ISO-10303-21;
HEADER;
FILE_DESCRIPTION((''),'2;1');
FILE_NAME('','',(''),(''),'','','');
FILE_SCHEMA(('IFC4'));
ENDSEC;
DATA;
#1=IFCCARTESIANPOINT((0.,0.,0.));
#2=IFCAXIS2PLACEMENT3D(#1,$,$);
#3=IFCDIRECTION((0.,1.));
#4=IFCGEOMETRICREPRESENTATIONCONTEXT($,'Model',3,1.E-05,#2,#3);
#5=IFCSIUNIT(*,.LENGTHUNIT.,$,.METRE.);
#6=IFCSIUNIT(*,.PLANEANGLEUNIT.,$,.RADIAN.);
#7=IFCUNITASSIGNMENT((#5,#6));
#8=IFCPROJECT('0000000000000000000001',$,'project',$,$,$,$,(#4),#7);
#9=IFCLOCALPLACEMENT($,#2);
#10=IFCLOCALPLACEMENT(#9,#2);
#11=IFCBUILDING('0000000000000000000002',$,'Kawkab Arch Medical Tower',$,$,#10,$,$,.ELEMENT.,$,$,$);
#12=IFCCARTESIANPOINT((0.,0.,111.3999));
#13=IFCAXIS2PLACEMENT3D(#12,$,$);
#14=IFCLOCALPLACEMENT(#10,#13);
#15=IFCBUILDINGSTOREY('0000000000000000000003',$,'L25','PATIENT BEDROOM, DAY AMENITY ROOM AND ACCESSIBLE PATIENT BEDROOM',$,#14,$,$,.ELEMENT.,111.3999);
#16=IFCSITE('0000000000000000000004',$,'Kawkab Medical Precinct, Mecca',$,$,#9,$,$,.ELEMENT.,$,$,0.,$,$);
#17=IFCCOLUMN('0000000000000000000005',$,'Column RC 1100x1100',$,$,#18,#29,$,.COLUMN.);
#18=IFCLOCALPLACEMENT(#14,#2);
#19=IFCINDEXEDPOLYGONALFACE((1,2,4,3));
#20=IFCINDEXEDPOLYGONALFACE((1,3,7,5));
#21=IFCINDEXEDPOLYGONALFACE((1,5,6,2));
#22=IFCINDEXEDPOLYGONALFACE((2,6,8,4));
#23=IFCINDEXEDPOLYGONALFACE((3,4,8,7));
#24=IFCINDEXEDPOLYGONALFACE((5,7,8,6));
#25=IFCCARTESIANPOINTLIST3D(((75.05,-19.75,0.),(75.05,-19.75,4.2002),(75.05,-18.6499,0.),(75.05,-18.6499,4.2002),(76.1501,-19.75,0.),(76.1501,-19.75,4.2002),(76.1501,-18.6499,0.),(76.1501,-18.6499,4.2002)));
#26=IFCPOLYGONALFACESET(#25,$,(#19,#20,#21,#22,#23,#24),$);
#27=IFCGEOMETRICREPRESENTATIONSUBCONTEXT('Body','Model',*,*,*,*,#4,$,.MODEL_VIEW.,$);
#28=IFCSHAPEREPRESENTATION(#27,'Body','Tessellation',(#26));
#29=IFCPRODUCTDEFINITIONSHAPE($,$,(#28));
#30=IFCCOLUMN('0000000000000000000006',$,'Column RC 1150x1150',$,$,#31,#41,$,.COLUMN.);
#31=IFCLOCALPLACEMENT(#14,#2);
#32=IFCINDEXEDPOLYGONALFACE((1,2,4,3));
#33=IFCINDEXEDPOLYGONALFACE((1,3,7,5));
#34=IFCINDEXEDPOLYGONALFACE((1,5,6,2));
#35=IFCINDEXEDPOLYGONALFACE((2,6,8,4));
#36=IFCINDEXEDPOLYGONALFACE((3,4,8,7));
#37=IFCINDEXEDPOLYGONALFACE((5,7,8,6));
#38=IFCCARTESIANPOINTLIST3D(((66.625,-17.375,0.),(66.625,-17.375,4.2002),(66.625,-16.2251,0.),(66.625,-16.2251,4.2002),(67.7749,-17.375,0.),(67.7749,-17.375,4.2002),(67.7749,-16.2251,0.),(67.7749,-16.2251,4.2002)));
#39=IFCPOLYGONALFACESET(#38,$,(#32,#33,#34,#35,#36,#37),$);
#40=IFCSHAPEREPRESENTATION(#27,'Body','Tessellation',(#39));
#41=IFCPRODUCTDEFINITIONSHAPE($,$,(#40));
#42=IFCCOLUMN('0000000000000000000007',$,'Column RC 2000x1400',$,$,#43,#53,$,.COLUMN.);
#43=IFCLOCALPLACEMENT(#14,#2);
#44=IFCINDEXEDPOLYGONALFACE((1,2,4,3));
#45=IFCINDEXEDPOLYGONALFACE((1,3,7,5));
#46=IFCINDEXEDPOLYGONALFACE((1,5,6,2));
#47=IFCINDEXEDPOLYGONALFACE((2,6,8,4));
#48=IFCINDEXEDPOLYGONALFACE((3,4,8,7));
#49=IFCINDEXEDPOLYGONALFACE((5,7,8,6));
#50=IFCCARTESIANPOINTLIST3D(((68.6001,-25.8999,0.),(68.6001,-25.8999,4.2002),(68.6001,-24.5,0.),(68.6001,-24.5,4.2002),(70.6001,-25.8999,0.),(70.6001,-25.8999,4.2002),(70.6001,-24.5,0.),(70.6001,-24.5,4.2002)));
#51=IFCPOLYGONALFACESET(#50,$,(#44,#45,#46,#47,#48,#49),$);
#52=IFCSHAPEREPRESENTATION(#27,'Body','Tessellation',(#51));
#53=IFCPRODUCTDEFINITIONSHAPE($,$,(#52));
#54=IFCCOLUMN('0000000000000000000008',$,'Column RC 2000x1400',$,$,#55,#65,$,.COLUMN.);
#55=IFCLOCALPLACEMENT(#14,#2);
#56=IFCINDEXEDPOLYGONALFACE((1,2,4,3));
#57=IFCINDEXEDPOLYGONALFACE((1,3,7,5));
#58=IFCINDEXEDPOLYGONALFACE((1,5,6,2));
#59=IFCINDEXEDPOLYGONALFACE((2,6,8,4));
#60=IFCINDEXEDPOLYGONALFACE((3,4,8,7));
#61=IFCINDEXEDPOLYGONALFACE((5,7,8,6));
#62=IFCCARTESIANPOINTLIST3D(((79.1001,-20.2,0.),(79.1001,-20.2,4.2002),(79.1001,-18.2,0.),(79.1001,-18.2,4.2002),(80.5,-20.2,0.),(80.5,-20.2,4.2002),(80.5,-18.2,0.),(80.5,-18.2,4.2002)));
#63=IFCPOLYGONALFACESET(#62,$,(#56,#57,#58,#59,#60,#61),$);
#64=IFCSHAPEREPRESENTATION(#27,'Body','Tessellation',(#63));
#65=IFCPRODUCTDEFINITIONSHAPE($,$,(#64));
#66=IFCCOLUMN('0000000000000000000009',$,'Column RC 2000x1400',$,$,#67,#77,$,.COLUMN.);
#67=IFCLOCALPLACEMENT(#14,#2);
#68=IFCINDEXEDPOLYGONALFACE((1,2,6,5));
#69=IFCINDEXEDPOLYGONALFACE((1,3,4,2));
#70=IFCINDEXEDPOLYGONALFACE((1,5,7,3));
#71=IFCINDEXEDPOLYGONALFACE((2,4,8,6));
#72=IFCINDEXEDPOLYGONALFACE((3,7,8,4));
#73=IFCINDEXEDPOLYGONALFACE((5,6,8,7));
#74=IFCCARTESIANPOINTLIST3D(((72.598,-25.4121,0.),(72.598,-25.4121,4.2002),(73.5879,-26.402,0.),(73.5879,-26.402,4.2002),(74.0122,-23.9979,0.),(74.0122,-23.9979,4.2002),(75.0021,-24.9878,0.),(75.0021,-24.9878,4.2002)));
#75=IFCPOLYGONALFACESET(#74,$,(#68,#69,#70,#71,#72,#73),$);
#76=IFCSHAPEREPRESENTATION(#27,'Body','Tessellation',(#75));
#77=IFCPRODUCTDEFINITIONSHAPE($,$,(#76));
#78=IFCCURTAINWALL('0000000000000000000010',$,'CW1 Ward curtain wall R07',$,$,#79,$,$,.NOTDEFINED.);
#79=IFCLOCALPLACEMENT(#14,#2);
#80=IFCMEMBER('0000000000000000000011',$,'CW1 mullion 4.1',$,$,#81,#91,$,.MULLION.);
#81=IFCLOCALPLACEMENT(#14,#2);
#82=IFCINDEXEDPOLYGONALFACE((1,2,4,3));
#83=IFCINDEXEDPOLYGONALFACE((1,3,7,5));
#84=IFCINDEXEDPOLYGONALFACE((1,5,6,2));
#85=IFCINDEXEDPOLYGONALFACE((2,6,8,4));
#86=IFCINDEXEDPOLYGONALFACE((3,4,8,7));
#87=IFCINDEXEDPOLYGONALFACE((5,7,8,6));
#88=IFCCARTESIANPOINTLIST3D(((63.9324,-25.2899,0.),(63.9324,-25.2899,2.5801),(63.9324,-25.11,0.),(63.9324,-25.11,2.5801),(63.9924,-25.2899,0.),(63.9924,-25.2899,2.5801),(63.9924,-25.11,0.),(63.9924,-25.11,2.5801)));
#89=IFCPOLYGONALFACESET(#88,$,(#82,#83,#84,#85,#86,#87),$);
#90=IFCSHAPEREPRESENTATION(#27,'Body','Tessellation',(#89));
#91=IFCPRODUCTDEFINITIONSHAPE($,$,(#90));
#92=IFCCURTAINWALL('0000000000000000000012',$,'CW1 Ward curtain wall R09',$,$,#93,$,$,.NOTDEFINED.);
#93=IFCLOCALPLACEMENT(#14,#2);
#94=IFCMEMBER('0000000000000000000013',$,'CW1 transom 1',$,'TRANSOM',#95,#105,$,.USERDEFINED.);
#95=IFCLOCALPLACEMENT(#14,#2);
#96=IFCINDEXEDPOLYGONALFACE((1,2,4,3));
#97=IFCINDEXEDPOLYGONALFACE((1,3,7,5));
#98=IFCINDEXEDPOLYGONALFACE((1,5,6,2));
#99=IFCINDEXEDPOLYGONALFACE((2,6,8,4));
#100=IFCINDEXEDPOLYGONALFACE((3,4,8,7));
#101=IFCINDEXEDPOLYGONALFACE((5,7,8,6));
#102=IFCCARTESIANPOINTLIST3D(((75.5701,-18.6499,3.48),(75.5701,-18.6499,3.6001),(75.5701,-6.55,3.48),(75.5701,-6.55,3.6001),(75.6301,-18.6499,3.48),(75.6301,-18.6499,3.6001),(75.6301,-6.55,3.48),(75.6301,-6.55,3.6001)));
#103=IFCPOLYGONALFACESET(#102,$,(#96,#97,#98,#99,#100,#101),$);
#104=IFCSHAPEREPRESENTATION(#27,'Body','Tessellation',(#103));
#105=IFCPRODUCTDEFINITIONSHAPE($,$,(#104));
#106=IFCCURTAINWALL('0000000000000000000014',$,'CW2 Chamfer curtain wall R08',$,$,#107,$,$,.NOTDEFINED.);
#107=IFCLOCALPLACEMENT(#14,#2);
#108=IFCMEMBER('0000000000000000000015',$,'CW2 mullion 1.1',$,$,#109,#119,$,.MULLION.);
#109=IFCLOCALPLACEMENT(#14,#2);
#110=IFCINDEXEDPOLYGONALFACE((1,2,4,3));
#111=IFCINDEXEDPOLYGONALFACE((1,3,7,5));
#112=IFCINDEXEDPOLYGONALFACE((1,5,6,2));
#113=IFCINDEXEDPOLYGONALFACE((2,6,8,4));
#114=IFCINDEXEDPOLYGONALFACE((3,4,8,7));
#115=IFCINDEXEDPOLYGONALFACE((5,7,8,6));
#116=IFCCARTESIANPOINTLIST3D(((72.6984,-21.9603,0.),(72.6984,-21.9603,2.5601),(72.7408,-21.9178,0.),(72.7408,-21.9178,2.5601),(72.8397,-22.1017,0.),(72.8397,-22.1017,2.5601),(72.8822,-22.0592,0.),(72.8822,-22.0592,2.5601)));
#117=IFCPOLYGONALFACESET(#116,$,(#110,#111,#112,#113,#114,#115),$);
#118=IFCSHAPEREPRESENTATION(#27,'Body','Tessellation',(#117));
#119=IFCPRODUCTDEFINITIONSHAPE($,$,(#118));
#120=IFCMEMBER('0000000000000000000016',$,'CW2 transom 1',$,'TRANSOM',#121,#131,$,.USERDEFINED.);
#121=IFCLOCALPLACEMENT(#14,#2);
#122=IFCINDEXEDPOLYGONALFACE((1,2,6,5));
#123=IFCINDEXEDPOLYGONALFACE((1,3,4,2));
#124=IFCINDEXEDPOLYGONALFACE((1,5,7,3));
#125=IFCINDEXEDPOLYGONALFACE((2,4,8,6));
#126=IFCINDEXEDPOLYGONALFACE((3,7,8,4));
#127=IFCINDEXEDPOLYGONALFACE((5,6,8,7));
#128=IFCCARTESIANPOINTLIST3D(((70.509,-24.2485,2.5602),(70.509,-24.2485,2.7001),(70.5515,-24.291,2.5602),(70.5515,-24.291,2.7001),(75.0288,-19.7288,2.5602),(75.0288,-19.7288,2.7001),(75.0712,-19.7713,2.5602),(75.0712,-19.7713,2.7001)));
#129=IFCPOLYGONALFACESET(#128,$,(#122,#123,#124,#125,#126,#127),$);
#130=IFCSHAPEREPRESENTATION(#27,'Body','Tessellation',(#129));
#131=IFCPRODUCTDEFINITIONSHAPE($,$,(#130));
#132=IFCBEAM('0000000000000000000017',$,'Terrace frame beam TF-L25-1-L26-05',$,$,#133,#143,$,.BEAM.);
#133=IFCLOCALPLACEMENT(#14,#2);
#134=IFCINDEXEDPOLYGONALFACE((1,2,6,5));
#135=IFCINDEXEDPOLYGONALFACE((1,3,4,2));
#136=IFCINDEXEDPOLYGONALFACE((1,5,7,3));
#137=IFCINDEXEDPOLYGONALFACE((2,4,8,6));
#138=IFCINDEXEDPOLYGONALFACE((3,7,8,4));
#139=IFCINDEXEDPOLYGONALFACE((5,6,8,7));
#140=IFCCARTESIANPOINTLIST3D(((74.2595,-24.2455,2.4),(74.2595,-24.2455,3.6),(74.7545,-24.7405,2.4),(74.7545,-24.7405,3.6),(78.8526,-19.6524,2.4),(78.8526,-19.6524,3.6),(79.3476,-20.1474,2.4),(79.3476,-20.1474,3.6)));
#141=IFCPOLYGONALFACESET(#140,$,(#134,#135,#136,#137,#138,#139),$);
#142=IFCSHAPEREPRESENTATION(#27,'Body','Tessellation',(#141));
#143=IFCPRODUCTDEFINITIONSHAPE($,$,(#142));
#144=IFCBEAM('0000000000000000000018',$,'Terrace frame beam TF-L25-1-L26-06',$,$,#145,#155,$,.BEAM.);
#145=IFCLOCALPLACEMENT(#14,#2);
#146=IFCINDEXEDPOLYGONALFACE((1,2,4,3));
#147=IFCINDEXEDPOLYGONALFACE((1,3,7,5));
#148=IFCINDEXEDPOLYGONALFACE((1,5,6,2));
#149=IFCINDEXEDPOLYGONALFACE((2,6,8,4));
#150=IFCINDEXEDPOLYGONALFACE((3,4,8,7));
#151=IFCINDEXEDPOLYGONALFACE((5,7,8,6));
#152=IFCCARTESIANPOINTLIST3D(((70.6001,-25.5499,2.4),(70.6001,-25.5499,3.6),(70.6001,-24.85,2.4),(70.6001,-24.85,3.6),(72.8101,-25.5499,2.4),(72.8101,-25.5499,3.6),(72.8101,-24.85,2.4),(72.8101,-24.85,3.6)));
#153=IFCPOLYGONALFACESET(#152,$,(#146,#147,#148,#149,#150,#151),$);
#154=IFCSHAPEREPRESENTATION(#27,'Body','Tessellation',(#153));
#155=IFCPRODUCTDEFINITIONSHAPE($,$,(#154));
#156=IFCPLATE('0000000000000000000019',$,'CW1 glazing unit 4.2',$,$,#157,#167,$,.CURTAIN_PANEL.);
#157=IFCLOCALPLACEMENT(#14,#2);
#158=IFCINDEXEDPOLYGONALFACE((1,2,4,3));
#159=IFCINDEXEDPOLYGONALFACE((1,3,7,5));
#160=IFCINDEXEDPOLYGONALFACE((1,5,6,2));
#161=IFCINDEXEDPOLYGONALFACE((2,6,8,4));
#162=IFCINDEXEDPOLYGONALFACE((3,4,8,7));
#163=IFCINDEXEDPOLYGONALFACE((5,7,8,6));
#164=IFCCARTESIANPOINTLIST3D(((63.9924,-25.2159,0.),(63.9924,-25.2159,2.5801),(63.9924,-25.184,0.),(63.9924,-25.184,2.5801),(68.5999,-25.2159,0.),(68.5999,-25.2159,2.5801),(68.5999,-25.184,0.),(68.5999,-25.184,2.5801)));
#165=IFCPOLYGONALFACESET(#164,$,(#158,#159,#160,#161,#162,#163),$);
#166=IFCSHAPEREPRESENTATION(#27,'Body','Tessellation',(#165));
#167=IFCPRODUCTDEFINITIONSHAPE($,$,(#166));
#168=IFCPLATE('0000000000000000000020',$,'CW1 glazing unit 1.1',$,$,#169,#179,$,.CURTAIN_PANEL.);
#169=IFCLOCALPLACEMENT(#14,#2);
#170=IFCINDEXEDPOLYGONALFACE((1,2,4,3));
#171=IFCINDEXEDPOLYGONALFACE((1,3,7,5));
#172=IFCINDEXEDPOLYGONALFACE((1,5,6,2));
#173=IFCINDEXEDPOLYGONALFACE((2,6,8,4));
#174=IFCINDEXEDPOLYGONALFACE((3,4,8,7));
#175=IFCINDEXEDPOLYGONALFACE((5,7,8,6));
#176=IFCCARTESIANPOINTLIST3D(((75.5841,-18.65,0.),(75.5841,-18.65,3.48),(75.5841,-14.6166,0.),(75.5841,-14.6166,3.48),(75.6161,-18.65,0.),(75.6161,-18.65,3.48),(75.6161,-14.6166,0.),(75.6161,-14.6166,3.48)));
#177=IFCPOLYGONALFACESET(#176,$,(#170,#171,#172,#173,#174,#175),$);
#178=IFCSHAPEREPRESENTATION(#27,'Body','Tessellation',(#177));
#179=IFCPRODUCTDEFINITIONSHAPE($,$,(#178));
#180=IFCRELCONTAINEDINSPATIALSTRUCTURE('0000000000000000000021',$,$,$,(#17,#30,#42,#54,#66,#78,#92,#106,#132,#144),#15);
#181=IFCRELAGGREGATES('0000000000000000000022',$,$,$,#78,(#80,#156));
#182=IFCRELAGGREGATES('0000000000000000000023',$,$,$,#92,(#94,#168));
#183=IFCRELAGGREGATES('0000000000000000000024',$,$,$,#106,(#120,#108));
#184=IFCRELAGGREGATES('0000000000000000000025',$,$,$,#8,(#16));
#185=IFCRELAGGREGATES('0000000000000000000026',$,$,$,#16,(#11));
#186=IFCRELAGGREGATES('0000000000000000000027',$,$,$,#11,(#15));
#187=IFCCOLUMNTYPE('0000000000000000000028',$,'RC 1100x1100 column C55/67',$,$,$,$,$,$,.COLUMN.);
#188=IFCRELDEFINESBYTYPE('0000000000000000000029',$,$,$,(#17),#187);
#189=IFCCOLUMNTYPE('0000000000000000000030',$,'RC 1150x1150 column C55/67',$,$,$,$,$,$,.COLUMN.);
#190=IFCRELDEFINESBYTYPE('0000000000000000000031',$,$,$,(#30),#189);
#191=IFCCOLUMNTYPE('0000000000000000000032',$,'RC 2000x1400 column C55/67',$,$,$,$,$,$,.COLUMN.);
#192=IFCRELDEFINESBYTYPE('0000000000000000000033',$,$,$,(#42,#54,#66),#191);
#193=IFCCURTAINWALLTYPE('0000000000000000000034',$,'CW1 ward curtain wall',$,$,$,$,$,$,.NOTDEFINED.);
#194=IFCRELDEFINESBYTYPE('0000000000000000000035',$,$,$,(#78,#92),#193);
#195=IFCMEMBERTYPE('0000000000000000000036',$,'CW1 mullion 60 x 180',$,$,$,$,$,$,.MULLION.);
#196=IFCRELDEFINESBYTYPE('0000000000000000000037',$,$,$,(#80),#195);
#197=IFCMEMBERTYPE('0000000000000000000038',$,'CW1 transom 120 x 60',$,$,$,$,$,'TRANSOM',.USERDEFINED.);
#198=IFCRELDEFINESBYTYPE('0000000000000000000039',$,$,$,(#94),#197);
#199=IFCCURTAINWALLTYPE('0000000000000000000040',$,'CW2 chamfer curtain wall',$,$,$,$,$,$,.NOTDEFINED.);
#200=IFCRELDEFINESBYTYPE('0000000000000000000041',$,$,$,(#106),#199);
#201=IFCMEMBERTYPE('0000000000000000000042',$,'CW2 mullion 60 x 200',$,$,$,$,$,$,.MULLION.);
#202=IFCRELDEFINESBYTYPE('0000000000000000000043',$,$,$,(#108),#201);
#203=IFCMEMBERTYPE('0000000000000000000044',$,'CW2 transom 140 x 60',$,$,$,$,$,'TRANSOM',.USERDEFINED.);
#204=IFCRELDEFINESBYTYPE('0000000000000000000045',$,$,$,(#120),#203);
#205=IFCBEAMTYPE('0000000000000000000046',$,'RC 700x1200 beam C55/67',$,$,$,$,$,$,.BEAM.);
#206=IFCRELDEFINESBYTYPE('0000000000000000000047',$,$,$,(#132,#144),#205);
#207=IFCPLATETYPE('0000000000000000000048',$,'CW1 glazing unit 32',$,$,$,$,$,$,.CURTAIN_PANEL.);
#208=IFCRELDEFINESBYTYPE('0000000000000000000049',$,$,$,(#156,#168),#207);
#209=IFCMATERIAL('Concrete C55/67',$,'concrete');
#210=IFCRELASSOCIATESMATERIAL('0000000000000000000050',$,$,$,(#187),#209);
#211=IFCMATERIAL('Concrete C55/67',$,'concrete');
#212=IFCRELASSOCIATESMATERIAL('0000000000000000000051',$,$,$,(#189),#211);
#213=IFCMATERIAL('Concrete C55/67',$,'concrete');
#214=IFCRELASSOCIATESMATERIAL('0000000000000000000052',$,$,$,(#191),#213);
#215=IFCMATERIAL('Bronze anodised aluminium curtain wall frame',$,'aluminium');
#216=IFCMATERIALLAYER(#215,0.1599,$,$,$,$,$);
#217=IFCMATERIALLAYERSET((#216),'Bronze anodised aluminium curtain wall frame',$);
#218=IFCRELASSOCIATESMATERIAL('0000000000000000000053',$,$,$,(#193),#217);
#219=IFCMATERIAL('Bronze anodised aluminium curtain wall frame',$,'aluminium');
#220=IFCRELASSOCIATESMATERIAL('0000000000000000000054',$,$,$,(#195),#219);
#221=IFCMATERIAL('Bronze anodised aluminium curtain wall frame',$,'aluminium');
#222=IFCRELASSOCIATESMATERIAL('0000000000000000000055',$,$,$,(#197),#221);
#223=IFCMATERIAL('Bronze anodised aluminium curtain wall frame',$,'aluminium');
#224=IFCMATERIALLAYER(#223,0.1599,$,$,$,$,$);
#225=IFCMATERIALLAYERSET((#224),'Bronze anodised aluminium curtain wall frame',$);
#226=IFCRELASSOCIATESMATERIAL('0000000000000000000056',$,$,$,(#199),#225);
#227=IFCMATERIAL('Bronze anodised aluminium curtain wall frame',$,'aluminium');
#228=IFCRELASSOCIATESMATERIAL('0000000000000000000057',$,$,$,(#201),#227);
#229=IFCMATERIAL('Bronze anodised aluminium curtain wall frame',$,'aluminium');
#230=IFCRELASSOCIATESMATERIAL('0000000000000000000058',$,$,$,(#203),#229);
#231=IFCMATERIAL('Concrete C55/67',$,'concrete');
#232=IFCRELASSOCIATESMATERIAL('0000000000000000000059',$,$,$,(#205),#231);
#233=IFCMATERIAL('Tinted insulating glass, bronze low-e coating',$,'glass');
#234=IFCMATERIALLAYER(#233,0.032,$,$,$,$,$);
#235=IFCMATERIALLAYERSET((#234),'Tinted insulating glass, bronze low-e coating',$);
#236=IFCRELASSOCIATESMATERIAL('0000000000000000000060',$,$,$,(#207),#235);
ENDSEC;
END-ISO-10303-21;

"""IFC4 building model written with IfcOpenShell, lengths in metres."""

from ifc_helpers import new_model, si_unit, direction, frame, origin, origin_2d, place, context, subcontext, project, spatial, rectangle, extrude, material, layer, layer_set, material_profile, profile_set, type_object, element, aggregate, save


model = new_model("IFC4")

# Units and contexts
model_context = context("Model", 3, precision=1e-05, world=origin(), true_north=direction((0.0, 1.0)))
body_context = subcontext(model_context, "Body", "Model", "MODEL_VIEW")
ifc_project = project(units=[si_unit("LENGTHUNIT", "METRE"), si_unit("PLANEANGLEUNIT", "RADIAN")], contexts=[model_context])

# Site, building, storey
site_placement = place(None, origin())
site = spatial("IfcSite", under=ifc_project, at=site_placement, Name="Kawkab Medical Precinct, Mecca", CompositionType="ELEMENT", RefElevation=0.0)
building_placement = place(site_placement, origin())
building = spatial("IfcBuilding", under=site, at=building_placement, Name="Kawkab Arch Medical Tower", CompositionType="ELEMENT")
storey_placement = place(building_placement, frame((0.0, 0.0, 111.3999)))
storey = spatial("IfcBuildingStorey", under=building, at=storey_placement, Name="L25", Description="PATIENT BEDROOM, DAY AMENITY ROOM AND ACCESSIBLE PATIENT BEDROOM", CompositionType="ELEMENT", Elevation=111.3999)

# Columns
ifc_material_1 = material(Name="Concrete C55/67", Category="concrete")
ifc_material_profile_1 = material_profile(ifc_material_1, rectangle(XDim=1.1001, YDim=1.1001, at=origin_2d()), Name="RC 1100x1100")
ifc_profile_set_1 = profile_set([ifc_material_profile_1], Name="Concrete C55/67")
column_type_1 = type_object("IfcColumnType", Name="RC 1100x1100 column C55/67", PredefinedType="COLUMN", material=ifc_profile_set_1)
column_1_placement = place(storey_placement, frame((75.6001, -19.2, 0.0), z_axis=(0.0, 0.0, 1.0), x_axis=(1.0, 0.0, 0.0)))
element("IfcColumn", 1, at=column_1_placement, inside=storey, type_object=column_type_1, Name="Column RC 1100x1100", PredefinedType="COLUMN", context=body_context, shape_type="SweptSolid", body=[
    extrude(rectangle(XDim=1.1001, YDim=1.1001, at=origin_2d()), origin(), (0.0, 0.0, 1.0), 4.2002),
])
ifc_material_2 = material(Name="Concrete C55/67", Category="concrete")
ifc_material_profile_2 = material_profile(ifc_material_2, rectangle(XDim=1.1499, YDim=1.1499, at=origin_2d()), Name="RC 1150x1150")
ifc_profile_set_2 = profile_set([ifc_material_profile_2], Name="Concrete C55/67")
column_type_2 = type_object("IfcColumnType", Name="RC 1150x1150 column C55/67", PredefinedType="COLUMN", material=ifc_profile_set_2)
column_2_placement = place(storey_placement, frame((67.2, -16.8, 0.0), z_axis=(0.0, 0.0, 1.0), x_axis=(1.0, 0.0, 0.0)))
element("IfcColumn", 2, at=column_2_placement, inside=storey, type_object=column_type_2, Name="Column RC 1150x1150", PredefinedType="COLUMN", context=body_context, shape_type="SweptSolid", body=[
    extrude(rectangle(XDim=1.1499, YDim=1.1499, at=origin_2d()), origin(), (0.0, 0.0, 1.0), 4.2002),
])
ifc_material_3 = material(Name="Concrete C55/67", Category="concrete")
ifc_material_profile_3 = material_profile(ifc_material_3, rectangle(XDim=2.0, YDim=1.3999, at=origin_2d()), Name="RC 2000x1400")
ifc_profile_set_3 = profile_set([ifc_material_profile_3], Name="Concrete C55/67")
column_type_3 = type_object("IfcColumnType", Name="RC 2000x1400 column C55/67", PredefinedType="COLUMN", material=ifc_profile_set_3)
for number, where, z_axis, x_axis, name in (
    (3, (69.6001, -25.2, 0.0), (0.0, 0.0, 1.0), (-1.0, 0.0, 0.0), "Column RC 2000x1400"),
    (4, (79.8, -19.2, 0.0), (0.0, 0.0, 1.0), (0.0, -1.0, 0.0), "Column RC 2000x1400"),
    (5, (73.8, -25.2, 0.0), (0.0, 0.0, 1.0), (-0.707107, -0.707107, 0.0), "Column RC 2000x1400"),
):
    element("IfcColumn", number, at=place(storey_placement, frame(where, z_axis=z_axis, x_axis=x_axis)), inside=storey, type_object=column_type_3, Name=name, PredefinedType="COLUMN", context=body_context, shape_type="SweptSolid", body=[
        extrude(rectangle(XDim=2.0, YDim=1.3999, at=origin_2d()), origin(), (0.0, 0.0, 1.0), 4.2002),
    ])

# Curtain walls, members
ifc_material_4 = material(Name="Bronze anodised aluminium curtain wall frame", Category="aluminium")
ifc_layer_1 = layer(ifc_material_4, 0.1599)
ifc_layer_set_1 = layer_set([ifc_layer_1], Name="Bronze anodised aluminium curtain wall frame")
curtain_wall_type_1 = type_object("IfcCurtainWallType", Name="CW1 ward curtain wall", PredefinedType="NOTDEFINED", material=ifc_layer_set_1)
placement = place(storey_placement, origin())
curtain_wall_1 = element("IfcCurtainWall", 6, at=placement, inside=storey, type_object=curtain_wall_type_1, Name="CW1 Ward curtain wall R07", PredefinedType="NOTDEFINED")
ifc_material_5 = material(Name="Bronze anodised aluminium curtain wall frame", Category="aluminium")
ifc_material_profile_4 = material_profile(ifc_material_5, rectangle(XDim=0.1799, YDim=0.0601, at=origin_2d()), Name="AL 60x180")
ifc_profile_set_4 = profile_set([ifc_material_profile_4], Name="Bronze anodised aluminium curtain wall frame")
member_type_1 = type_object("IfcMemberType", Name="CW1 mullion 60 x 180", PredefinedType="MULLION", material=ifc_profile_set_4)
member_1_placement = place(storey_placement, frame((63.9624, -25.2, 0.0), z_axis=(0.0, 0.0, 1.0), x_axis=(0.0, 1.0, 0.0)))
member_1 = element("IfcMember", 7, at=member_1_placement, type_object=member_type_1, Name="CW1 mullion 4.1", PredefinedType="MULLION", context=body_context, shape_type="SweptSolid", body=[
    extrude(rectangle(XDim=0.1799, YDim=0.0601, at=origin_2d()), origin(), (0.0, 0.0, 1.0), 2.5801),
])
curtain_wall_2 = element("IfcCurtainWall", 8, at=placement, inside=storey, type_object=curtain_wall_type_1, Name="CW1 Ward curtain wall R09", PredefinedType="NOTDEFINED")
ifc_material_6 = material(Name="Bronze anodised aluminium curtain wall frame", Category="aluminium")
ifc_material_profile_5 = material_profile(ifc_material_6, rectangle(XDim=0.0601, YDim=0.1201, at=origin_2d()), Name="AL 60x120")
ifc_profile_set_5 = profile_set([ifc_material_profile_5], Name="Bronze anodised aluminium curtain wall frame")
member_type_2 = type_object("IfcMemberType", Name="CW1 transom 120 x 60", ElementType="TRANSOM", PredefinedType="USERDEFINED", material=ifc_profile_set_5)
member_2_placement = place(storey_placement, frame((75.6001, -18.6499, 3.54), z_axis=(0.0, 1.0, 0.0), x_axis=(-1.0, 0.0, 0.0)))
member_2 = element("IfcMember", 9, at=member_2_placement, type_object=member_type_2, Name="CW1 transom 1", ObjectType="TRANSOM", PredefinedType="USERDEFINED", context=body_context, shape_type="SweptSolid", body=[
    extrude(rectangle(XDim=0.0601, YDim=0.1201, at=origin_2d()), origin(), (0.0, 0.0, 1.0), 12.0999),
])

# Curtain wall, members
ifc_material_7 = material(Name="Bronze anodised aluminium curtain wall frame", Category="aluminium")
ifc_layer_2 = layer(ifc_material_7, 0.1599)
ifc_layer_set_2 = layer_set([ifc_layer_2], Name="Bronze anodised aluminium curtain wall frame")
curtain_wall_type_2 = type_object("IfcCurtainWallType", Name="CW2 chamfer curtain wall", PredefinedType="NOTDEFINED", material=ifc_layer_set_2)
curtain_wall_3 = element("IfcCurtainWall", 10, at=placement, inside=storey, type_object=curtain_wall_type_2, Name="CW2 Chamfer curtain wall R08", PredefinedType="NOTDEFINED")
ifc_material_8 = material(Name="Bronze anodised aluminium curtain wall frame", Category="aluminium")
ifc_material_profile_6 = material_profile(ifc_material_8, rectangle(XDim=0.2, YDim=0.0601, at=origin_2d()), Name="AL 60x200")
ifc_profile_set_6 = profile_set([ifc_material_profile_6], Name="Bronze anodised aluminium curtain wall frame")
member_type_3 = type_object("IfcMemberType", Name="CW2 mullion 60 x 200", PredefinedType="MULLION", material=ifc_profile_set_6)
member_3_placement = place(storey_placement, frame((72.7903, -22.0098, 0.0), z_axis=(0.0, 0.0, 1.0), x_axis=(-0.707107, 0.707107, 0.0)))
member_3 = element("IfcMember", 11, at=member_3_placement, type_object=member_type_3, Name="CW2 mullion 1.1", PredefinedType="MULLION", context=body_context, shape_type="SweptSolid", body=[
    extrude(rectangle(XDim=0.2, YDim=0.0601, at=origin_2d()), origin(), (0.0, 0.0, 1.0), 2.5601),
])
ifc_material_9 = material(Name="Bronze anodised aluminium curtain wall frame", Category="aluminium")
ifc_material_profile_7 = material_profile(ifc_material_9, rectangle(XDim=0.0601, YDim=0.1399, at=origin_2d()), Name="AL 60x140")
ifc_profile_set_7 = profile_set([ifc_material_profile_7], Name="Bronze anodised aluminium curtain wall frame")
member_type_4 = type_object("IfcMemberType", Name="CW2 transom 140 x 60", ElementType="TRANSOM", PredefinedType="USERDEFINED", material=ifc_profile_set_7)
member_4_placement = place(storey_placement, frame((70.5303, -24.2698, 2.6301), z_axis=(0.707107, 0.707107, 0.0), x_axis=(-0.707107, 0.707107, 0.0)))
member_4 = element("IfcMember", 12, at=member_4_placement, type_object=member_type_4, Name="CW2 transom 1", ObjectType="TRANSOM", PredefinedType="USERDEFINED", context=body_context, shape_type="SweptSolid", body=[
    extrude(rectangle(XDim=0.0601, YDim=0.1399, at=origin_2d()), origin(), (0.0, 0.0, 1.0), 6.3918),
])

# Beams
ifc_material_10 = material(Name="Concrete C55/67", Category="concrete")
ifc_material_profile_8 = material_profile(ifc_material_10, rectangle(XDim=0.7, YDim=1.2, at=origin_2d()), Name="RC 700x1200")
ifc_profile_set_8 = profile_set([ifc_material_profile_8], Name="Concrete C55/67")
beam_type = type_object("IfcBeamType", Name="RC 700x1200 beam C55/67", PredefinedType="BEAM", material=ifc_profile_set_8)
beam_1_placement = place(storey_placement, frame((79.1001, -19.8999, 3.0), z_axis=(-0.707107, -0.707107, 0.0), x_axis=(0.707107, -0.707107, 0.0)))
element("IfcBeam", 13, at=beam_1_placement, inside=storey, type_object=beam_type, Name="Terrace frame beam TF-L25-1-L26-05", PredefinedType="BEAM", context=body_context, shape_type="SweptSolid", body=[
    extrude(rectangle(XDim=0.7, YDim=1.2, at=origin_2d()), origin(), (0.0, 0.0, 1.0), 6.4956),
])
beam_2_placement = place(storey_placement, frame((72.8101, -25.2, 3.0), z_axis=(-1.0, 0.0, 0.0), x_axis=(0.0, -1.0, 0.0)))
element("IfcBeam", 14, at=beam_2_placement, inside=storey, type_object=beam_type, Name="Terrace frame beam TF-L25-1-L26-06", PredefinedType="BEAM", context=body_context, shape_type="SweptSolid", body=[
    extrude(rectangle(XDim=0.7, YDim=1.2, at=origin_2d()), origin(), (0.0, 0.0, 1.0), 2.21),
])

# Plates
ifc_material_11 = material(Name="Tinted insulating glass, bronze low-e coating", Category="glass")
ifc_layer_3 = layer(ifc_material_11, 0.032)
ifc_layer_set_3 = layer_set([ifc_layer_3], Name="Tinted insulating glass, bronze low-e coating")
plate_type_1 = type_object("IfcPlateType", Name="CW1 glazing unit 32", PredefinedType="CURTAIN_PANEL", material=ifc_layer_set_3)
plate_1_placement = place(storey_placement, frame((66.2961, -25.2, 0.0), z_axis=(0.0, 0.0, 1.0), x_axis=(1.0, 0.0, 0.0)))
plate_1 = element("IfcPlate", 15, at=plate_1_placement, type_object=plate_type_1, Name="CW1 glazing unit 4.2", PredefinedType="CURTAIN_PANEL", context=body_context, shape_type="SweptSolid", body=[
    extrude(rectangle(XDim=4.6074, YDim=0.032, at=origin_2d()), origin(), (0.0, 0.0, 1.0), 2.5801),
])
aggregate(curtain_wall_1, [member_1, plate_1])
plate_2_placement = place(storey_placement, frame((75.6001, -16.6333, 0.0), z_axis=(0.0, 0.0, 1.0), x_axis=(0.0, 1.0, 0.0)))
plate_2 = element("IfcPlate", 16, at=plate_2_placement, type_object=plate_type_1, Name="CW1 glazing unit 1.1", PredefinedType="CURTAIN_PANEL", context=body_context, shape_type="SweptSolid", body=[
    extrude(rectangle(XDim=4.0334, YDim=0.032, at=origin_2d()), origin(), (0.0, 0.0, 1.0), 3.48),
])
aggregate(curtain_wall_2, [member_2, plate_2])
aggregate(curtain_wall_3, [member_4, member_3])

save(model, "model.ifc")
